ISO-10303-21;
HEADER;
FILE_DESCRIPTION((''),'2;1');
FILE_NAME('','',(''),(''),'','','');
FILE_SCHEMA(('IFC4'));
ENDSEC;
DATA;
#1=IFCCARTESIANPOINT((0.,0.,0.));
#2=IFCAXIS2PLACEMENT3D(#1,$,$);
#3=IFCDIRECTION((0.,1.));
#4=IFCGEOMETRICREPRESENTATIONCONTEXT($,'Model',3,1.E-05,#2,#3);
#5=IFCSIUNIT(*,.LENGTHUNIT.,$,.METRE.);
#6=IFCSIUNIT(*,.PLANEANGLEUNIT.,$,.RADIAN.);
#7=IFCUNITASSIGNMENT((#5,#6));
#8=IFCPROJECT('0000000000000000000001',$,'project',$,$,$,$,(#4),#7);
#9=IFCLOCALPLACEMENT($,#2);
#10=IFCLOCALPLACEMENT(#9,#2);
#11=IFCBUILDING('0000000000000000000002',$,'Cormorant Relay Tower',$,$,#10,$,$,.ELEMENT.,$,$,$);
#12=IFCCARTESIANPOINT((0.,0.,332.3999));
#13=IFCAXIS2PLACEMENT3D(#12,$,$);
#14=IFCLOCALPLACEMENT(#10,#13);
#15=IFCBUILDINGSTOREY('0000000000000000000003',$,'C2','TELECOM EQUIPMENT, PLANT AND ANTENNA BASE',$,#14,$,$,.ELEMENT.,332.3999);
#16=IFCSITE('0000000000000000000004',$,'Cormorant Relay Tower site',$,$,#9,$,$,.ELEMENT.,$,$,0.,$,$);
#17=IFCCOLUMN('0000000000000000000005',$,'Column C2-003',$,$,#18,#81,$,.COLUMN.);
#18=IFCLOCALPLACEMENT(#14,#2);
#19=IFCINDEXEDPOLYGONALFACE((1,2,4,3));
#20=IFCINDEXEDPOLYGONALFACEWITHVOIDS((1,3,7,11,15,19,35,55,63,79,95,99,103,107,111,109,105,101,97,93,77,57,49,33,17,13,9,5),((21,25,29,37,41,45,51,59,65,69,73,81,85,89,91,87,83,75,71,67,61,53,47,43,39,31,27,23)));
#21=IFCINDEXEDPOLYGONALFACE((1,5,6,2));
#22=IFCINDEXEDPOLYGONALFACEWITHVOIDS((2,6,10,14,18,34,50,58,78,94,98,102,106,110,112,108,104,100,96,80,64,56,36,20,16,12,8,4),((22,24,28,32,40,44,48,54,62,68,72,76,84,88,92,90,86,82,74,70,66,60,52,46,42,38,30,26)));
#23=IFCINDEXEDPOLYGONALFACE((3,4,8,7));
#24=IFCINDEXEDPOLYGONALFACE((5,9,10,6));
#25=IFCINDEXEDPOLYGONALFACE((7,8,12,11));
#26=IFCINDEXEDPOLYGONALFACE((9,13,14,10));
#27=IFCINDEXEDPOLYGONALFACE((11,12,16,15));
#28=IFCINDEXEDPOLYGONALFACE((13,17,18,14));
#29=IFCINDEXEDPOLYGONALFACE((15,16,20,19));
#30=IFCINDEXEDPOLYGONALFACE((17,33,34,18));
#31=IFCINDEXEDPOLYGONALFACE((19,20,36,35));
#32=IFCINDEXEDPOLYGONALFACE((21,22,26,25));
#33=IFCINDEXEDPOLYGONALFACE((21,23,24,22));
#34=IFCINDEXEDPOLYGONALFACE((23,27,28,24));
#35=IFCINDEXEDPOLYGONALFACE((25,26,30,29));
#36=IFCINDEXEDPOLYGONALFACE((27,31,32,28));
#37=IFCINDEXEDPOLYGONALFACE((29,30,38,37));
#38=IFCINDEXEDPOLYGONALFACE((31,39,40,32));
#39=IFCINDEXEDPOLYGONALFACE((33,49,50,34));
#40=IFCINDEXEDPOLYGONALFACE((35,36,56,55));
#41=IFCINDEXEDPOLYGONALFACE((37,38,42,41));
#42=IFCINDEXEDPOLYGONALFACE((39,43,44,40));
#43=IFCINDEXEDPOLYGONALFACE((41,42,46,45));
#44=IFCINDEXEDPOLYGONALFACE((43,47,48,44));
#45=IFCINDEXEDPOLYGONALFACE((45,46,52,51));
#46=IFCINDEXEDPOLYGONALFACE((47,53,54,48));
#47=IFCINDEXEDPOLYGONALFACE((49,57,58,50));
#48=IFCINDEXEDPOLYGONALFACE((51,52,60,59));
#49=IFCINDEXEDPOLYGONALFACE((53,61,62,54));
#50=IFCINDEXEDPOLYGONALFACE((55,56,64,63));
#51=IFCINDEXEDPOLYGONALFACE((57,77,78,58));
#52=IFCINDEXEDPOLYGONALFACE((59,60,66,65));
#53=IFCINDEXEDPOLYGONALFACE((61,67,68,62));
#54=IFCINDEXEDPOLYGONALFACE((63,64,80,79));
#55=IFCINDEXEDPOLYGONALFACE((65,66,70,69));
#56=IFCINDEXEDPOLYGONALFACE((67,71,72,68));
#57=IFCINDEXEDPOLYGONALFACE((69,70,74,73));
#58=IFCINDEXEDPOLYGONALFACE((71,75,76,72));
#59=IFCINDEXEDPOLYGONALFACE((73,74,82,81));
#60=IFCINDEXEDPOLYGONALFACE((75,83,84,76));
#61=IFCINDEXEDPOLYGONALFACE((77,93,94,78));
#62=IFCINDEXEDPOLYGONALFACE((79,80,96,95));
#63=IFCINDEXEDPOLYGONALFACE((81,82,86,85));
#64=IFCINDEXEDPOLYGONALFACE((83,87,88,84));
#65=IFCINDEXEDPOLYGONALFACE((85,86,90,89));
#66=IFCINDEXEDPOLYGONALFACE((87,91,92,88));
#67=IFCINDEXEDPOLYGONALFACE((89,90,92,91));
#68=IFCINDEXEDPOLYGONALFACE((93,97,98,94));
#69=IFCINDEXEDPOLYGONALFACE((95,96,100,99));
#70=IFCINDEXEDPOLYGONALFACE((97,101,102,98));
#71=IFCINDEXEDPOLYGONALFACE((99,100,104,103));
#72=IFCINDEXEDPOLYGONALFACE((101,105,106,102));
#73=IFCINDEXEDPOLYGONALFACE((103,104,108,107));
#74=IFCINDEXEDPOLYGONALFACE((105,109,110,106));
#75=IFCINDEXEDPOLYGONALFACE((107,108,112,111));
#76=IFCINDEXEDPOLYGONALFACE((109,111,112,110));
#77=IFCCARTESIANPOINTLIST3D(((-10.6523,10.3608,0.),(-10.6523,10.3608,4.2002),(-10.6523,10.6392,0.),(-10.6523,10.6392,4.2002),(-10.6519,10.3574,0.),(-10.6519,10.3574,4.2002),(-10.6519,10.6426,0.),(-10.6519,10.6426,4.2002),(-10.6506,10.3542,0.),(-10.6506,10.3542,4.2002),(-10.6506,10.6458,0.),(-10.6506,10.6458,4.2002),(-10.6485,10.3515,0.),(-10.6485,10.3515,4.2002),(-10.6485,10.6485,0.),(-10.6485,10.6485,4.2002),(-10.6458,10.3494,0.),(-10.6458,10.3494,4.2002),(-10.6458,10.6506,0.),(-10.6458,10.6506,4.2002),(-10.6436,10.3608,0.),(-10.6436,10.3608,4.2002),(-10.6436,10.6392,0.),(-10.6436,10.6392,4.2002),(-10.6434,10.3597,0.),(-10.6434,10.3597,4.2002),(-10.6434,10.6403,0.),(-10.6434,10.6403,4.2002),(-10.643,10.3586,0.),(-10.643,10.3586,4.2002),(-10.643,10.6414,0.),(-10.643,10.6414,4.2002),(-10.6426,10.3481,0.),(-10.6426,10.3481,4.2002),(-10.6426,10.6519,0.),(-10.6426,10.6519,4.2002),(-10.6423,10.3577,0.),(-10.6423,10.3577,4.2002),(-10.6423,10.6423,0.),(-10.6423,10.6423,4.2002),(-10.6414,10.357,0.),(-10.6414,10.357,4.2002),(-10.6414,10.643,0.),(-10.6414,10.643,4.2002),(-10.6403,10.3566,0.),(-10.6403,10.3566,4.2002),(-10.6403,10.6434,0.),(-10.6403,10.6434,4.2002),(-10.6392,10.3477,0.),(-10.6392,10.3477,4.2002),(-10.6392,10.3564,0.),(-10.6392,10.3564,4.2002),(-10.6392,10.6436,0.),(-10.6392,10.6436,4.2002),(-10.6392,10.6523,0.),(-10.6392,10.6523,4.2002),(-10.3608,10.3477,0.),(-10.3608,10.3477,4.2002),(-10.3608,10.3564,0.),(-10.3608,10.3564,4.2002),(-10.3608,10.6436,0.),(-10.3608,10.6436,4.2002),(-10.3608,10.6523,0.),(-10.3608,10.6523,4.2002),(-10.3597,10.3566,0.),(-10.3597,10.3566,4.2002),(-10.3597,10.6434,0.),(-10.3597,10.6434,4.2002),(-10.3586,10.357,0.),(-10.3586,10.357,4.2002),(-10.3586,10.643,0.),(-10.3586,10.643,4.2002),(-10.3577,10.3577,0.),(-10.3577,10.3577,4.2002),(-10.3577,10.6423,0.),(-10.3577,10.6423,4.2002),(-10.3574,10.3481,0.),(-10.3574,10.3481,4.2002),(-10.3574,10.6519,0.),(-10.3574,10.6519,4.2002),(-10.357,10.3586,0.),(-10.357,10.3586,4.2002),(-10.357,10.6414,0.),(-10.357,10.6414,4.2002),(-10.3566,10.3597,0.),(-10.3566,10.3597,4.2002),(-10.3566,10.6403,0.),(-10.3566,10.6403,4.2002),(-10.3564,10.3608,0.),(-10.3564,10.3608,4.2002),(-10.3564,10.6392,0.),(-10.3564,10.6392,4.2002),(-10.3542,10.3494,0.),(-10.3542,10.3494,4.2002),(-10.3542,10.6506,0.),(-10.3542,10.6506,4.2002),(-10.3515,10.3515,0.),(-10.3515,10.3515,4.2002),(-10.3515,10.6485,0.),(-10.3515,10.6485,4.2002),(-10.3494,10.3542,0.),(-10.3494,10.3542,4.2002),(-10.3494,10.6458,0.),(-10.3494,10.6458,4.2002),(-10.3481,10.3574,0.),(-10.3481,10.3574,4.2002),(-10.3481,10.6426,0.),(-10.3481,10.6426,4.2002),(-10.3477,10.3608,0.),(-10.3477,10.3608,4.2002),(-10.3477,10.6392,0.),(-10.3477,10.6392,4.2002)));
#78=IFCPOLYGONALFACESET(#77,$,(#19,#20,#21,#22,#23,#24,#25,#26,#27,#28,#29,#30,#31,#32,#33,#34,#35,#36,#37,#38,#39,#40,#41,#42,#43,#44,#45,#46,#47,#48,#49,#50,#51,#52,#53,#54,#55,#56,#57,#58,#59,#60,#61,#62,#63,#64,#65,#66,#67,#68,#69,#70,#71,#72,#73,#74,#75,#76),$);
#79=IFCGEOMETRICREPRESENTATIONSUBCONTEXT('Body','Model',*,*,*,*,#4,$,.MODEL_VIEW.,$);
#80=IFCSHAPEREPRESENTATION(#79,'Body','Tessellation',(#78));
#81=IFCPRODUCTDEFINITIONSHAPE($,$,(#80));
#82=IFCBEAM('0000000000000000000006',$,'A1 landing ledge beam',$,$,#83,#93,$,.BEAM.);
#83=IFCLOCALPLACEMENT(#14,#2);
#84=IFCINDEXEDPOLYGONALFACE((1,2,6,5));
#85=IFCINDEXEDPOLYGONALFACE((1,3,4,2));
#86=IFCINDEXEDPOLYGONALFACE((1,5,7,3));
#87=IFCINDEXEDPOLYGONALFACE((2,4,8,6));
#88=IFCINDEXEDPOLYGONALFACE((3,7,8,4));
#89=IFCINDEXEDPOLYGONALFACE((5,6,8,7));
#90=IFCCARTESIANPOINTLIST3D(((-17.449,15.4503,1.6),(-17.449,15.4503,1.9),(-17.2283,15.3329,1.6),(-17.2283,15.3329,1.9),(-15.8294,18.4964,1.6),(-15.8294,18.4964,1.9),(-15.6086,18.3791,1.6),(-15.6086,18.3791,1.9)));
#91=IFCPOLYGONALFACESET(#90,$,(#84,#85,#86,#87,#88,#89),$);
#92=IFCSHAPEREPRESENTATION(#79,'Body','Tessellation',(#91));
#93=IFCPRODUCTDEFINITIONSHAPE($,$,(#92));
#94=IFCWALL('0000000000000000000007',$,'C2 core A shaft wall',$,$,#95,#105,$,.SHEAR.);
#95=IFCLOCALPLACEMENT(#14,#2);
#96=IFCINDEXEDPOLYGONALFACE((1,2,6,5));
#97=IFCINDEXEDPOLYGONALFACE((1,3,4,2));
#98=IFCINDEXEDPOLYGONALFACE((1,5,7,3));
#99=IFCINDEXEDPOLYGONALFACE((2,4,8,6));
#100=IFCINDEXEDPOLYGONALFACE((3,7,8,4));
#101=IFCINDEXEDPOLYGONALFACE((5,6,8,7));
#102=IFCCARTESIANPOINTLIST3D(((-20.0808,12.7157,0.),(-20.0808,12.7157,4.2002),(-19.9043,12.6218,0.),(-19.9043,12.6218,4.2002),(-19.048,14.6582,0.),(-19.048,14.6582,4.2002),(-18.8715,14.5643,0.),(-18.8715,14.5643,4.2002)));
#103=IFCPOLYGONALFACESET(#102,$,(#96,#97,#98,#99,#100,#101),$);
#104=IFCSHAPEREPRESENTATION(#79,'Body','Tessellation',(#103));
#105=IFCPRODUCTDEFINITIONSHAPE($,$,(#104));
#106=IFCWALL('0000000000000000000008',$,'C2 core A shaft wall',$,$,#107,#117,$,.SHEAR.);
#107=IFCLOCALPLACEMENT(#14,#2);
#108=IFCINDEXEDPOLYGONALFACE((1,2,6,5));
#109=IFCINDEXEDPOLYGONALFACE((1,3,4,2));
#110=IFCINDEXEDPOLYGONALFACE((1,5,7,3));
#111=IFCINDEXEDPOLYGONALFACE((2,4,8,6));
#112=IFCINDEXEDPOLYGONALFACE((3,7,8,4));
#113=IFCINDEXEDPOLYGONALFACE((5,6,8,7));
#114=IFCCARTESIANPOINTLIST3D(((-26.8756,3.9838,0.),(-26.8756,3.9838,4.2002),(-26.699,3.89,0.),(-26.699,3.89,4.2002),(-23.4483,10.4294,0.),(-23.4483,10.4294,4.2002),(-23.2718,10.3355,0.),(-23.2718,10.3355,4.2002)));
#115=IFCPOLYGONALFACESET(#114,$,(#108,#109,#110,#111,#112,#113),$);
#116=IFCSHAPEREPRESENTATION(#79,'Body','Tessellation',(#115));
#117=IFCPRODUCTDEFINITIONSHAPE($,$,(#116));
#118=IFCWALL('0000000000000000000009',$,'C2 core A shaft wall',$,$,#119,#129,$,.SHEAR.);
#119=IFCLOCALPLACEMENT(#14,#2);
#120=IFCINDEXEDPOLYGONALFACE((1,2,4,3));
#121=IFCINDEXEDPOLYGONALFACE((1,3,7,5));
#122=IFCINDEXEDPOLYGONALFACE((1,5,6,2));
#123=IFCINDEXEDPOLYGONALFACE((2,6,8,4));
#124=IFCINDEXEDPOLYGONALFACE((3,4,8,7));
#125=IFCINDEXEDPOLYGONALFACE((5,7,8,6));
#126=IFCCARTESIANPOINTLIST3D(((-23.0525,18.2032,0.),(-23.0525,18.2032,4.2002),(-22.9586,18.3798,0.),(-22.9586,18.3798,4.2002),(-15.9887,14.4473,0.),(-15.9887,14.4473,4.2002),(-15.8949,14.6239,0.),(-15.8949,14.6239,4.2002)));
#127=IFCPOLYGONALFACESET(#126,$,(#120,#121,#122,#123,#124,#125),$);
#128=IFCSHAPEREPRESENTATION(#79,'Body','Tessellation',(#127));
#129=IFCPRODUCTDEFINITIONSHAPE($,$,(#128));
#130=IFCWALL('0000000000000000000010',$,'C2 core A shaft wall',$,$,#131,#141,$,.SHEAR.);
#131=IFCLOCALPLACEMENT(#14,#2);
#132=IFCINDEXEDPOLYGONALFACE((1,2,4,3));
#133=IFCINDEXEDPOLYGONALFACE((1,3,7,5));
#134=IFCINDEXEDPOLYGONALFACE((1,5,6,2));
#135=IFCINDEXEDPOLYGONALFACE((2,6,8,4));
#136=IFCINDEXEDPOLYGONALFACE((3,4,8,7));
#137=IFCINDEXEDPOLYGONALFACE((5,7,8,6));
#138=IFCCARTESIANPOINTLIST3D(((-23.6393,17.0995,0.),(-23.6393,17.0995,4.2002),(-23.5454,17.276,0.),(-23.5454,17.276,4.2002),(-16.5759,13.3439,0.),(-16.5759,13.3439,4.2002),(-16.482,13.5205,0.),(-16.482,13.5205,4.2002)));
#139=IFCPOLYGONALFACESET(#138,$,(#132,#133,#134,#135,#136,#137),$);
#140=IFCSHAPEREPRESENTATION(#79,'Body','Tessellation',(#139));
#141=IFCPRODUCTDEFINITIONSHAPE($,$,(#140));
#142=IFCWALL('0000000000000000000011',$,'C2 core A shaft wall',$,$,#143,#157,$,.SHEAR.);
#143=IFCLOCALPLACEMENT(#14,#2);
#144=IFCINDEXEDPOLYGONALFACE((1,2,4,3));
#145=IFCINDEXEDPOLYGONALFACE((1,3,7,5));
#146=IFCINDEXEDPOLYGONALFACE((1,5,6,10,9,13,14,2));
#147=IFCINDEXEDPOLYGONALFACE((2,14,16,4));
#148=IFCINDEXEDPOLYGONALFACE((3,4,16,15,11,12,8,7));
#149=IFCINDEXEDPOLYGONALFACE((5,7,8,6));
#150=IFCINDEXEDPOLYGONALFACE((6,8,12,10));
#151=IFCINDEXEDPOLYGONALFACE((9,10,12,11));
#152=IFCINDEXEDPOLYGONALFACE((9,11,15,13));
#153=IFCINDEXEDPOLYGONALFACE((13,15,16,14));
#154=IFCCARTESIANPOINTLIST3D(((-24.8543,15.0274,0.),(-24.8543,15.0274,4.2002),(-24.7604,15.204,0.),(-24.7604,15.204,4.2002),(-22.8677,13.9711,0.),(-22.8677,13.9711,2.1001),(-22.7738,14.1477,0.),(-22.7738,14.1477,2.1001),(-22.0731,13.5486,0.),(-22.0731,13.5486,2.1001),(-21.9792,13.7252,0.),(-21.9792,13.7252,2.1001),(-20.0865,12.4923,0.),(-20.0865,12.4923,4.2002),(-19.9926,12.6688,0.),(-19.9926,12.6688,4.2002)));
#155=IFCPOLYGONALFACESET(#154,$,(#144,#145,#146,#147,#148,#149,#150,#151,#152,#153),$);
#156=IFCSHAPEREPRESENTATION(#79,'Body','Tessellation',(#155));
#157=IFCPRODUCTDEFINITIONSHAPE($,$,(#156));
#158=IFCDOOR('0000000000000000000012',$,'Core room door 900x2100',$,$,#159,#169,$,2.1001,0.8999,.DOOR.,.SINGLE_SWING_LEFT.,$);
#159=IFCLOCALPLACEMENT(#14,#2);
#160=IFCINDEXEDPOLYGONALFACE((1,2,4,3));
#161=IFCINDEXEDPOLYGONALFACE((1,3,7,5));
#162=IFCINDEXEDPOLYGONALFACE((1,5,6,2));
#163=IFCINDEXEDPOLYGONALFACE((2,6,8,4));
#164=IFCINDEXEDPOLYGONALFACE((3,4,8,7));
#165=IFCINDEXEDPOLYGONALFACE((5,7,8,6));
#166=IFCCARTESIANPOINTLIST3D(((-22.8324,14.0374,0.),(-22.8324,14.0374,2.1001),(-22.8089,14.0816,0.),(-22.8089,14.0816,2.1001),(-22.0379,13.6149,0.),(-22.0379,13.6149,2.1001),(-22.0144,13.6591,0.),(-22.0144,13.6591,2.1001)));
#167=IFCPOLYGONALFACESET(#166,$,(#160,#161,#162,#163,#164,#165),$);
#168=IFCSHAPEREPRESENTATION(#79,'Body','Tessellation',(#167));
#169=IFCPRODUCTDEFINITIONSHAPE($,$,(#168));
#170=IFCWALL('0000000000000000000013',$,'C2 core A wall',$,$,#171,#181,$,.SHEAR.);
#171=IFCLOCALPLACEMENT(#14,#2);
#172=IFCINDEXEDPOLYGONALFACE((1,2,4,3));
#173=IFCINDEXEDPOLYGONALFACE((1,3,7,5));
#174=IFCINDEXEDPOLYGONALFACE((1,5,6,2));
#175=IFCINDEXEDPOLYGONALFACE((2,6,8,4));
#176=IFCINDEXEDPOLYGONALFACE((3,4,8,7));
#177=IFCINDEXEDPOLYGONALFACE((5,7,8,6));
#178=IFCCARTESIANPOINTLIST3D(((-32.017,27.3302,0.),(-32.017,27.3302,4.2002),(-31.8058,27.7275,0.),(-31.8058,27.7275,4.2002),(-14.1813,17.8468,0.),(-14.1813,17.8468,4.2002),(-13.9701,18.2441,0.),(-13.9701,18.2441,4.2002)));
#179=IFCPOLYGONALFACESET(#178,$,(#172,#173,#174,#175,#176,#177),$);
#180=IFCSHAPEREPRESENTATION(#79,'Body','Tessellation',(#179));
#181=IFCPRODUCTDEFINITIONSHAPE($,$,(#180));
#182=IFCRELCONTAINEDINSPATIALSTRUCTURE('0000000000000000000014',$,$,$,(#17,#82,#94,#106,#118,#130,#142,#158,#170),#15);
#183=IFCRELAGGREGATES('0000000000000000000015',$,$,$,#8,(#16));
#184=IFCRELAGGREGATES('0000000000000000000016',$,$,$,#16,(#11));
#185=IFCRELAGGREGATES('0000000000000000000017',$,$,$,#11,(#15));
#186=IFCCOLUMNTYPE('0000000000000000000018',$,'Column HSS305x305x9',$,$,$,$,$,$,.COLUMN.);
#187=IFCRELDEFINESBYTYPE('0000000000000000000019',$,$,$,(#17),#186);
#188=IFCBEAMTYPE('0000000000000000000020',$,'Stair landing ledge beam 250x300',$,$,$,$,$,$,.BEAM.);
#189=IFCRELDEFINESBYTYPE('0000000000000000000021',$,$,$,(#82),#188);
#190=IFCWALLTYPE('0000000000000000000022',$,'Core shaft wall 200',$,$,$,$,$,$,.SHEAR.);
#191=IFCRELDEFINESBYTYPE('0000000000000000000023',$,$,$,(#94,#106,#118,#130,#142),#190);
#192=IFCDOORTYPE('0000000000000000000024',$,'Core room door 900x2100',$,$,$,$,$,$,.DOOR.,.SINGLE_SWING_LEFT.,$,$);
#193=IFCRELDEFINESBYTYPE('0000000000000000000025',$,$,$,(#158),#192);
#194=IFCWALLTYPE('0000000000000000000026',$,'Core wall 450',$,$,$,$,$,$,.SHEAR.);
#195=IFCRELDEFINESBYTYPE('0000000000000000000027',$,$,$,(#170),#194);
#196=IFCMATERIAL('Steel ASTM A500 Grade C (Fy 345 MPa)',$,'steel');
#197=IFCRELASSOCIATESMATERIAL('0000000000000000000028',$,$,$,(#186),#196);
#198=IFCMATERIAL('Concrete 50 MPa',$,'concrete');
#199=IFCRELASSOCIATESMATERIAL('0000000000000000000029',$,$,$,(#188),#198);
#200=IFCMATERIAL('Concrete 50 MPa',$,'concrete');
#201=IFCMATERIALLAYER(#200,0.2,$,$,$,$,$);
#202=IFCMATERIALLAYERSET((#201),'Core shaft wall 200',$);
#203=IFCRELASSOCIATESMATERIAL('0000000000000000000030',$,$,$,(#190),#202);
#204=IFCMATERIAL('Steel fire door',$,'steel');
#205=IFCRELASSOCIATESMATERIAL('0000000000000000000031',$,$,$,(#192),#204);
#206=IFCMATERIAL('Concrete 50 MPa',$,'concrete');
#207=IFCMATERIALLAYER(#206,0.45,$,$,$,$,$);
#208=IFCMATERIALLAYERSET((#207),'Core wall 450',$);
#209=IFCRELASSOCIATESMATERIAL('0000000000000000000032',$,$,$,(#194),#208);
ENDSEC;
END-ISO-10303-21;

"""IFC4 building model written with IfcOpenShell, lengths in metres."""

from ifc_helpers import new_model, si_unit, direction, frame, frame_2d, origin, origin_2d, place, context, subcontext, project, spatial, rectangle, hollow_rectangle, extrude, material, layer, layer_set, material_profile, profile_set, type_object, element, fill, save


model = new_model("IFC4")

# Units and contexts
model_context = context("Model", 3, precision=1e-05, world=origin(), true_north=direction((0.0, 1.0)))
body_context = subcontext(model_context, "Body", "Model", "MODEL_VIEW")
ifc_project = project(units=[si_unit("LENGTHUNIT", "METRE"), si_unit("PLANEANGLEUNIT", "RADIAN")], contexts=[model_context])

# Site, building, storey
site_placement = place(None, origin())
site = spatial("IfcSite", under=ifc_project, at=site_placement, Name="Cormorant Relay Tower site", CompositionType="ELEMENT", RefElevation=0.0)
building_placement = place(site_placement, origin())
building = spatial("IfcBuilding", under=site, at=building_placement, Name="Cormorant Relay Tower", CompositionType="ELEMENT")
storey_placement = place(building_placement, frame((0.0, 0.0, 332.3999)))
storey = spatial("IfcBuildingStorey", under=building, at=storey_placement, Name="C2", Description="TELECOM EQUIPMENT, PLANT AND ANTENNA BASE", CompositionType="ELEMENT", Elevation=332.3999)

# Column
ifc_material_1 = material(Name="Steel ASTM A500 Grade C (Fy 345 MPa)", Category="steel")
ifc_material_profile_1 = material_profile(ifc_material_1, hollow_rectangle(XDim=0.3047, YDim=0.3047, WallThickness=0.0088, InnerFilletRadius=0.0044, OuterFilletRadius=0.0132, at=origin_2d()), Name="HSS305x305x9")
ifc_profile_set_1 = profile_set([ifc_material_profile_1], Name="Steel ASTM A500 Grade C (Fy 345 MPa)")
column_type = type_object("IfcColumnType", Name="Column HSS305x305x9", PredefinedType="COLUMN", material=ifc_profile_set_1)
column_placement = place(storey_placement, frame((-10.5, 10.5, 0.0), z_axis=(0.0, 0.0, 1.0), x_axis=(1.0, 0.0, 0.0)))
element("IfcColumn", 1, at=column_placement, inside=storey, type_object=column_type, Name="Column C2-003", PredefinedType="COLUMN", context=body_context, shape_type="SweptSolid", body=[
    extrude(hollow_rectangle(XDim=0.3047, YDim=0.3047, WallThickness=0.0088, InnerFilletRadius=0.0044, OuterFilletRadius=0.0132, at=origin_2d()), origin(), (0.0, 0.0, 1.0), 4.2002),
])

# Beam
ifc_material_2 = material(Name="Concrete 50 MPa", Category="concrete")
ifc_material_profile_2 = material_profile(ifc_material_2, rectangle(XDim=0.25, YDim=0.3, at=origin_2d()), Name="RC 250x300")
ifc_profile_set_2 = profile_set([ifc_material_profile_2], Name="Concrete 50 MPa")
beam_type = type_object("IfcBeamType", Name="Stair landing ledge beam 250x300", PredefinedType="BEAM", material=ifc_profile_set_2)
beam_placement = place(storey_placement, frame((-17.3386, 15.3916, 1.75), z_axis=(0.469464, 0.882952, 0.0), x_axis=(-0.882952, 0.469464, 0.0)))
element("IfcBeam", 2, at=beam_placement, inside=storey, type_object=beam_type, Name="A1 landing ledge beam", PredefinedType="BEAM", context=body_context, shape_type="SweptSolid", body=[
    extrude(rectangle(XDim=0.25, YDim=0.3, at=origin_2d()), origin(), (0.0, 0.0, 1.0), 3.45),
])

# Walls
ifc_material_3 = material(Name="Concrete 50 MPa", Category="concrete")
ifc_layer_1 = layer(ifc_material_3, 0.2)
ifc_layer_set_1 = layer_set([ifc_layer_1], Name="Core shaft wall 200")
wall_type_1 = type_object("IfcWallType", Name="Core shaft wall 200", PredefinedType="SHEAR", material=ifc_layer_set_1)
wall_1_placement = place(storey_placement, frame((-18.9597, 14.6113, 0.0), z_axis=(0.0, 0.0, 1.0), x_axis=(-0.469447, -0.88296, 0.0)))
element("IfcWall", 3, at=wall_1_placement, inside=storey, type_object=wall_type_1, Name="C2 core A shaft wall", PredefinedType="SHEAR", context=body_context, shape_type="SweptSolid", body=[
    extrude(rectangle(XDim=2.2, YDim=0.2, at=frame_2d((1.1001, 0.0))), origin(), (0.0, 0.0, 1.0), 4.2002),
])
wall_2_placement = place(storey_placement, frame((-23.3601, 10.3823, 0.0), z_axis=(0.0, 0.0, 1.0), x_axis=(-0.46948, -0.882943, 0.0)))
element("IfcWall", 4, at=wall_2_placement, inside=storey, type_object=wall_type_1, Name="C2 core A shaft wall", PredefinedType="SHEAR", context=body_context, shape_type="SweptSolid", body=[
    extrude(rectangle(XDim=7.3, YDim=0.2, at=frame_2d((3.6499, 0.0))), origin(), (0.0, 0.0, 1.0), 4.2002),
])
wall_3_placement = place(storey_placement, frame((-15.9419, 14.5356, 0.0), z_axis=(0.0, 0.0, 1.0), x_axis=(-0.882947, 0.469473, 0.0)))
element("IfcWall", 5, at=wall_3_placement, inside=storey, type_object=wall_type_1, Name="C2 core A shaft wall", PredefinedType="SHEAR", context=body_context, shape_type="SweptSolid", body=[
    extrude(rectangle(XDim=8.0002, YDim=0.2, at=frame_2d((4.0, 0.0))), origin(), (0.0, 0.0, 1.0), 4.2002),
])
wall_4_placement = place(storey_placement, frame((-16.5288, 13.4321, 0.0), z_axis=(0.0, 0.0, 1.0), x_axis=(-0.882953, 0.469462, 0.0)))
element("IfcWall", 6, at=wall_4_placement, inside=storey, type_object=wall_type_1, Name="C2 core A shaft wall", PredefinedType="SHEAR", context=body_context, shape_type="SweptSolid", body=[
    extrude(rectangle(XDim=7.9998, YDim=0.2, at=frame_2d((4.0, 0.0))), origin(), (0.0, 0.0, 1.0), 4.2002),
])

# Wall, opening, door
wall_5_placement = place(storey_placement, frame((-20.0396, 12.5806, 0.0), z_axis=(0.0, 0.0, 1.0), x_axis=(-0.882943, 0.46948, 0.0)))
wall_5 = element("IfcWall", 7, at=wall_5_placement, inside=storey, type_object=wall_type_1, Name="C2 core A shaft wall", PredefinedType="SHEAR", context=body_context, shape_type="SweptSolid", body=[
    extrude(rectangle(XDim=5.3999, YDim=0.2, at=frame_2d((2.7, 0.0))), origin(), (0.0, 0.0, 1.0), 4.2002),
])
opening_1_placement = place(wall_5_placement, frame((2.25, 0.0, 0.0)))
opening_1 = element("IfcOpeningElement", 8, at=opening_1_placement, cuts=wall_5, PredefinedType="OPENING", context=body_context, shape_type="SweptSolid", body=[
    extrude(rectangle(XDim=0.8999, YDim=2.1001, at=frame_2d((0.45, 1.05))), frame((0.0, 0.1099, 0.0), z_axis=(0.0, -1.0, 0.0), x_axis=(1.0, 0.0, 0.0)), (0.0, 0.0, 1.0), 0.22),
])
ifc_material_4 = material(Name="Steel fire door", Category="steel")
door_type_1 = type_object("IfcDoorType", Name="Core room door 900x2100", OperationType="SINGLE_SWING_LEFT", PredefinedType="DOOR", material=ifc_material_4)
door_1_placement = place(opening_1_placement, origin())
door_1 = element("IfcDoor", 9, at=door_1_placement, inside=storey, type_object=door_type_1, Name="Core room door 900x2100", OperationType="SINGLE_SWING_LEFT", OverallHeight=2.1001, OverallWidth=0.8999, PredefinedType="DOOR", context=body_context, shape_type="SweptSolid", body=[
    extrude(rectangle(XDim=0.8999, YDim=2.1001, at=frame_2d((0.45, 1.05))), frame((0.0, 0.0249, 0.0), z_axis=(0.0, -1.0, 0.0), x_axis=(1.0, 0.0, 0.0)), (0.0, 0.0, 1.0), 0.05),
])
fill(opening_1, door_1)
ifc_material_5 = material(Name="Concrete 50 MPa", Category="concrete")
ifc_layer_2 = layer(ifc_material_5, 0.45)
ifc_layer_set_2 = layer_set([ifc_layer_2], Name="Core wall 450")
wall_type_2 = type_object("IfcWallType", Name="Core wall 450", PredefinedType="SHEAR", material=ifc_layer_set_2)

# Wall
wall_6_placement = place(storey_placement, frame((-14.0757, 18.0454, 0.0), z_axis=(0.0, 0.0, 1.0), x_axis=(-0.882948, 0.469471, 0.0)))
element("IfcWall", 10, at=wall_6_placement, inside=storey, type_object=wall_type_2, Name="C2 core A wall", PredefinedType="SHEAR", context=body_context, shape_type="SweptSolid", body=[
    extrude(rectangle(XDim=20.2002, YDim=0.45, at=frame_2d((10.1001, 0.0))), origin(), (0.0, 0.0, 1.0), 4.2002),
])

save(model, "model.ifc")
